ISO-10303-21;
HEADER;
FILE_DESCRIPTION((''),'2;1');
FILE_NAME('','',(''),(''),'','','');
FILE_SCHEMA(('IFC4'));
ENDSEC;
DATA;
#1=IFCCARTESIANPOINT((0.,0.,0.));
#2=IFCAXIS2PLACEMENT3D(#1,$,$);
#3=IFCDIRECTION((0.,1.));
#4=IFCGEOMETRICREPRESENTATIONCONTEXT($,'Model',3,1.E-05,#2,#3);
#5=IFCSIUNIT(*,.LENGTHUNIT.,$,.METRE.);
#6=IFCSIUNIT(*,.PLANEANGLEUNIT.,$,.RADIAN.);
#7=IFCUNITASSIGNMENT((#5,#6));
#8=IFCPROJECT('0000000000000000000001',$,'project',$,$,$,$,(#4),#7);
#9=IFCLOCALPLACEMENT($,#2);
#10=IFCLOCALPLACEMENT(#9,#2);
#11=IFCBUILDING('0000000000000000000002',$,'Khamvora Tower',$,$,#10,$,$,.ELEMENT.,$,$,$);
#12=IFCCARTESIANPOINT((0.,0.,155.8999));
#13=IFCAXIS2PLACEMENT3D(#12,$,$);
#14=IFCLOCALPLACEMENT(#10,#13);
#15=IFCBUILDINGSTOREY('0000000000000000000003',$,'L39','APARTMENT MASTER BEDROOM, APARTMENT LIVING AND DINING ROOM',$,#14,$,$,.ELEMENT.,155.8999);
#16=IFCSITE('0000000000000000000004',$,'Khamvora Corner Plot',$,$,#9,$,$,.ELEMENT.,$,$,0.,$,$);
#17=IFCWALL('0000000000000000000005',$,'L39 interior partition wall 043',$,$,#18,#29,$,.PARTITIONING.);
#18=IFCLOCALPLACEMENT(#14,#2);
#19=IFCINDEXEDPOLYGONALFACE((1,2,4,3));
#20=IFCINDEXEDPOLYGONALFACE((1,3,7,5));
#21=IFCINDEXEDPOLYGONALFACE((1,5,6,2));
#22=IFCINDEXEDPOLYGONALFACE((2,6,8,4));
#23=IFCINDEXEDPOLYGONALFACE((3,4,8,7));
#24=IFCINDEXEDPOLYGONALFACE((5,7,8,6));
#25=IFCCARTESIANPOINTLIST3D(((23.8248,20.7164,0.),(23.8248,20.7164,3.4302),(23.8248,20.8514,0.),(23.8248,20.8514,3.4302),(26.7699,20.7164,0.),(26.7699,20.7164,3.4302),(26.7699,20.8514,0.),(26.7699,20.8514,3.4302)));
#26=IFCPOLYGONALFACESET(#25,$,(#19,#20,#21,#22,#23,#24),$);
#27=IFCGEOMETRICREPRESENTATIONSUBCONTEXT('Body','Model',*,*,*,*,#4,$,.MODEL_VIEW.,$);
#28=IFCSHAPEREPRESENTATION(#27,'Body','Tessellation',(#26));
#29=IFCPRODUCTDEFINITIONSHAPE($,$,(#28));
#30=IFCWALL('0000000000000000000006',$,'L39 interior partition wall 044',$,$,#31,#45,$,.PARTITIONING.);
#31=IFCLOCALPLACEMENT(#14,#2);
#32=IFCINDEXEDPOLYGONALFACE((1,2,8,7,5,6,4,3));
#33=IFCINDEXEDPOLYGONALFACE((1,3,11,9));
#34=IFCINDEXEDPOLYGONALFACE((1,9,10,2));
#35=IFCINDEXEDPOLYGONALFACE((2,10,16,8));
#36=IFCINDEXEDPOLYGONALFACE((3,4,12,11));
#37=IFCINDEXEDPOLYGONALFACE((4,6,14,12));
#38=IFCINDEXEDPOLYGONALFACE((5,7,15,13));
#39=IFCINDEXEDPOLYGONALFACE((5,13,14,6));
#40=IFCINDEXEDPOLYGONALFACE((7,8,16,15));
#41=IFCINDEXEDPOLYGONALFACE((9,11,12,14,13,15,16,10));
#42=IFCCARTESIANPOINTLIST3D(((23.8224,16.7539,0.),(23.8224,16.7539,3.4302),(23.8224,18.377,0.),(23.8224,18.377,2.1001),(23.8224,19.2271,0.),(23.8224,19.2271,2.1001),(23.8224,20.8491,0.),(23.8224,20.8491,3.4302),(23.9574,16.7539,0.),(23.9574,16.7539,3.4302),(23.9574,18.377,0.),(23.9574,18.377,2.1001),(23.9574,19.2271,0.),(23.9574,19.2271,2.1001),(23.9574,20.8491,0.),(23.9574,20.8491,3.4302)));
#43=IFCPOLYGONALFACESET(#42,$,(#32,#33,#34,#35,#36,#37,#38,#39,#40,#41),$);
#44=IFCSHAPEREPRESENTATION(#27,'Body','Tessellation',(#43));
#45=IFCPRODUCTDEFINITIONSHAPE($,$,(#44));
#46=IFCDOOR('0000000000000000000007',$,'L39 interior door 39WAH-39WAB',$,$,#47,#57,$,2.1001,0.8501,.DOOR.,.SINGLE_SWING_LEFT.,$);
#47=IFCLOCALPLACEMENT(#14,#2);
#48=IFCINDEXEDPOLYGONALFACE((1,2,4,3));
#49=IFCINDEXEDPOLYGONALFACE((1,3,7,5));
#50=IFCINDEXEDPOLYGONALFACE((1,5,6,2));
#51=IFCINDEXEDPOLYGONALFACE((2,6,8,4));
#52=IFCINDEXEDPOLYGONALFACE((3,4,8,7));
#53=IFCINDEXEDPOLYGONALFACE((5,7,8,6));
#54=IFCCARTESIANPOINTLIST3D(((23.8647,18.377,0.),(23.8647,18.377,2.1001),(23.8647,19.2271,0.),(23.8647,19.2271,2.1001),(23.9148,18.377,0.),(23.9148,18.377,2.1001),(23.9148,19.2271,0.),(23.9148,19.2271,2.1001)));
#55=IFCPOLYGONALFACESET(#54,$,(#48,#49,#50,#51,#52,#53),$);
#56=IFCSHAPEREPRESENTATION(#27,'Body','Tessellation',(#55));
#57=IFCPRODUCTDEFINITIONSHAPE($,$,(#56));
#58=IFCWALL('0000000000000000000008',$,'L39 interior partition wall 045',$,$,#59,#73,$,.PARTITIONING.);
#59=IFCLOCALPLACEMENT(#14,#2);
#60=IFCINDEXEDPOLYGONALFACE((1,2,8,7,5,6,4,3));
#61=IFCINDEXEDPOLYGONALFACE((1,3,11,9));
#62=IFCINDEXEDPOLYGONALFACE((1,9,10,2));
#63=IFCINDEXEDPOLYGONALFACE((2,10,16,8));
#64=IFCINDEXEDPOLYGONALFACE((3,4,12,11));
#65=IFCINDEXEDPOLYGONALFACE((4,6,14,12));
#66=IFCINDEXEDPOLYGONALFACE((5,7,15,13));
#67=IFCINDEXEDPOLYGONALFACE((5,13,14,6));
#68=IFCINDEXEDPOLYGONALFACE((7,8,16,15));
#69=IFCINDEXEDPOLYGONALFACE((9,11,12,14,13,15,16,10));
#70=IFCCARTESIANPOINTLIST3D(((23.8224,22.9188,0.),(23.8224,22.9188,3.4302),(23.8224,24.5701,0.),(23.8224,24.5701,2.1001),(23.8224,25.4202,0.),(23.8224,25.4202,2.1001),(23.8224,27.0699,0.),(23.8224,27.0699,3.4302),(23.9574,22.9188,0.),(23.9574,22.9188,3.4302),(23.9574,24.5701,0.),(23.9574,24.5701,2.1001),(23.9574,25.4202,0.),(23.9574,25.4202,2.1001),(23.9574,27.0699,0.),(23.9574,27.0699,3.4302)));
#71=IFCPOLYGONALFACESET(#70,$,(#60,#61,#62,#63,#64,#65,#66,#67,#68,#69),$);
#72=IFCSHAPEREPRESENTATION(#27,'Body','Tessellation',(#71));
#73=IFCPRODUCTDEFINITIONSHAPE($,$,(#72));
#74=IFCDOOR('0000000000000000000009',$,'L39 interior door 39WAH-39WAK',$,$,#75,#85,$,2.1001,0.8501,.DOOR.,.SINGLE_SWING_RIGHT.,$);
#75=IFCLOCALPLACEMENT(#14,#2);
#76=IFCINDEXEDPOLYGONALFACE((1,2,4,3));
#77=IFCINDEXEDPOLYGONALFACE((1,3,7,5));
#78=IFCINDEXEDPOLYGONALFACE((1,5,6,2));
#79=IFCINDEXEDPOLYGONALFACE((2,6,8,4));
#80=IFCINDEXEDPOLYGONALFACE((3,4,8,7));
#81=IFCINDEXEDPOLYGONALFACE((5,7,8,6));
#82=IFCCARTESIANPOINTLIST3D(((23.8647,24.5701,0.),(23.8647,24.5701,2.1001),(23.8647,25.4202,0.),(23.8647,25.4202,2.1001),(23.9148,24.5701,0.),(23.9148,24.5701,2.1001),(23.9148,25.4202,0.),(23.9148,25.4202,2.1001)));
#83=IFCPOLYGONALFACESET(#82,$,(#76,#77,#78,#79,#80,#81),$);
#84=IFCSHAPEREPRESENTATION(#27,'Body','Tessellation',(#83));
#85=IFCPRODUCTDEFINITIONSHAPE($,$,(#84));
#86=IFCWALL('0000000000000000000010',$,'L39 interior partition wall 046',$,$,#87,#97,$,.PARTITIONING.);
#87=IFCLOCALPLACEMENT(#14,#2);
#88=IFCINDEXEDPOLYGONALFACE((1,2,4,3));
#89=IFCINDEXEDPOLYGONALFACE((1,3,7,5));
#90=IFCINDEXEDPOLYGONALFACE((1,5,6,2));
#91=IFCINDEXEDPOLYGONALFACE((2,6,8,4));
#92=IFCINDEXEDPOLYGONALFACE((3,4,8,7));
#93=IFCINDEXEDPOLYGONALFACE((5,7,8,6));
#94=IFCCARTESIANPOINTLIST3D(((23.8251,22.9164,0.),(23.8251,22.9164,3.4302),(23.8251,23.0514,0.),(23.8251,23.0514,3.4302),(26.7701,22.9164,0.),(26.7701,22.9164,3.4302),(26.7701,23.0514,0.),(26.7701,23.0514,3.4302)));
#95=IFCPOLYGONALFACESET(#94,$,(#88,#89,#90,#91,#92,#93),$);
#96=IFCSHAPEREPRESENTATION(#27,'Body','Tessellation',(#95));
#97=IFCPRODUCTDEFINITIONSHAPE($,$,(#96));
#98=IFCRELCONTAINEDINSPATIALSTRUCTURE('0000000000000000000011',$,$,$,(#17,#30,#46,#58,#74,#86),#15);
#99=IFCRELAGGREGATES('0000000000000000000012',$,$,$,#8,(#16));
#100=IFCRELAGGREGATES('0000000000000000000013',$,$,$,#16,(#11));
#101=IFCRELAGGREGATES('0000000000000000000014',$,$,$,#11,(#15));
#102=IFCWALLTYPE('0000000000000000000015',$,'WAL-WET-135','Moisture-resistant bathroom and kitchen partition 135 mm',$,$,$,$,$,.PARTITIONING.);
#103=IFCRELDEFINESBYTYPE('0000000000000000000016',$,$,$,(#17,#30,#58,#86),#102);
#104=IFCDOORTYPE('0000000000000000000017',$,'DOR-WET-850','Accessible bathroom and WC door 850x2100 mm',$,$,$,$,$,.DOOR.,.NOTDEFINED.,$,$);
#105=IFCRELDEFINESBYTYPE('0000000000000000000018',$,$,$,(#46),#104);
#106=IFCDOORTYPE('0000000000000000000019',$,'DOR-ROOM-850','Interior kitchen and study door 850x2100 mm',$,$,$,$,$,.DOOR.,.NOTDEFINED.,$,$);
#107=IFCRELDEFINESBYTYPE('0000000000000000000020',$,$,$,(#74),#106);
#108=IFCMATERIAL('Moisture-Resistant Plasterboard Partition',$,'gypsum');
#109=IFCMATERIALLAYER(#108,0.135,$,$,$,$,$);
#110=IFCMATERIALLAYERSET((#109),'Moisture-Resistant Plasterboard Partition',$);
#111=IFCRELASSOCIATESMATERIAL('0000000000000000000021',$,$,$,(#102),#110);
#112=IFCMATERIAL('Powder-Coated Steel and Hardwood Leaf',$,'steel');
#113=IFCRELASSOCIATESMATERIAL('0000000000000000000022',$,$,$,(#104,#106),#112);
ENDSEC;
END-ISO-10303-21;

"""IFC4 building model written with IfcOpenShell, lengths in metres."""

from ifc_helpers import new_model, si_unit, direction, frame, frame_2d, origin, place, context, subcontext, project, spatial, rectangle, extrude, material, layer, layer_set, type_object, element, fill, save


model = new_model("IFC4")

# Units and contexts
model_context = context("Model", 3, precision=1e-05, world=origin(), true_north=direction((0.0, 1.0)))
body_context = subcontext(model_context, "Body", "Model", "MODEL_VIEW")
ifc_project = project(units=[si_unit("LENGTHUNIT", "METRE"), si_unit("PLANEANGLEUNIT", "RADIAN")], contexts=[model_context])

# Site, building, storey
site_placement = place(None, origin())
site = spatial("IfcSite", under=ifc_project, at=site_placement, Name="Khamvora Corner Plot", CompositionType="ELEMENT", RefElevation=0.0)
building_placement = place(site_placement, origin())
building = spatial("IfcBuilding", under=site, at=building_placement, Name="Khamvora Tower", CompositionType="ELEMENT")
storey_placement = place(building_placement, frame((0.0, 0.0, 155.8999)))
storey = spatial("IfcBuildingStorey", under=building, at=storey_placement, Name="L39", Description="APARTMENT MASTER BEDROOM, APARTMENT LIVING AND DINING ROOM", CompositionType="ELEMENT", Elevation=155.8999)

# Shared definitions
ifc_material_1 = material(Name="Powder-Coated Steel and Hardwood Leaf", Category="steel")

# Wall
ifc_material_2 = material(Name="Moisture-Resistant Plasterboard Partition", Category="gypsum")
ifc_layer_1 = layer(ifc_material_2, 0.135)
ifc_layer_set_1 = layer_set([ifc_layer_1], Name="Moisture-Resistant Plasterboard Partition")
wall_type_1 = type_object("IfcWallType", Name="WAL-WET-135", Description="Moisture-resistant bathroom and kitchen partition 135 mm", PredefinedType="PARTITIONING", material=ifc_layer_set_1)
wall_1_placement = place(storey_placement, frame((26.77, 20.7839, 0.0), z_axis=(0.0, 0.0, 1.0), x_axis=(-1.0, 0.0, 0.0)))
element("IfcWall", 1, at=wall_1_placement, inside=storey, type_object=wall_type_1, Name="L39 interior partition wall 043", PredefinedType="PARTITIONING", context=body_context, shape_type="SweptSolid", body=[
    extrude(rectangle(XDim=2.9451, YDim=0.135, at=frame_2d((1.4727, 0.0))), origin(), (0.0, 0.0, 1.0), 3.4302),
])

# Walls, openings, doors
wall_2_placement = place(storey_placement, frame((23.8899, 20.8491, 0.0), z_axis=(0.0, 0.0, 1.0), x_axis=(0.0, -1.0, 0.0)))
wall_2 = element("IfcWall", 2, at=wall_2_placement, inside=storey, type_object=wall_type_1, Name="L39 interior partition wall 044", PredefinedType="PARTITIONING", context=body_context, shape_type="SweptSolid", body=[
    extrude(rectangle(XDim=4.0952, YDim=0.135, at=frame_2d((2.0476, 0.0))), origin(), (0.0, 0.0, 1.0), 3.4302),
])
opening_1_placement = place(wall_2_placement, frame((1.6221, 0.0, 0.0)))
opening_1 = element("IfcOpeningElement", 3, at=opening_1_placement, cuts=wall_2, PredefinedType="OPENING", context=body_context, shape_type="SweptSolid", body=[
    extrude(rectangle(XDim=0.8501, YDim=2.1001, at=frame_2d((0.425, 1.05))), frame((0.0, 0.0774, 0.0), z_axis=(0.0, -1.0, 0.0), x_axis=(1.0, 0.0, 0.0)), (0.0, 0.0, 1.0), 0.155),
])
door_type_1 = type_object("IfcDoorType", Name="DOR-WET-850", Description="Accessible bathroom and WC door 850x2100 mm", OperationType="NOTDEFINED", PredefinedType="DOOR", material=ifc_material_1)
door_1_placement = place(opening_1_placement, origin())
door_1 = element("IfcDoor", 4, at=door_1_placement, inside=storey, type_object=door_type_1, Name="L39 interior door 39WAH-39WAB", OperationType="SINGLE_SWING_LEFT", OverallHeight=2.1001, OverallWidth=0.8501, PredefinedType="DOOR", context=body_context, shape_type="SweptSolid", body=[
    extrude(rectangle(XDim=0.8501, YDim=2.1001, at=frame_2d((0.425, 1.05))), frame((0.0, 0.0249, 0.0), z_axis=(0.0, -1.0, 0.0), x_axis=(1.0, 0.0, 0.0)), (0.0, 0.0, 1.0), 0.05),
])
fill(opening_1, door_1)
wall_3_placement = place(storey_placement, frame((23.8899, 27.0701, 0.0), z_axis=(0.0, 0.0, 1.0), x_axis=(0.0, -1.0, 0.0)))
wall_3 = element("IfcWall", 5, at=wall_3_placement, inside=storey, type_object=wall_type_1, Name="L39 interior partition wall 045", PredefinedType="PARTITIONING", context=body_context, shape_type="SweptSolid", body=[
    extrude(rectangle(XDim=4.1511, YDim=0.135, at=frame_2d((2.0757, 0.0))), origin(), (0.0, 0.0, 1.0), 3.4302),
])
opening_2_placement = place(wall_3_placement, frame((1.6499, 0.0, 0.0)))
opening_2 = element("IfcOpeningElement", 6, at=opening_2_placement, cuts=wall_3, PredefinedType="OPENING", context=body_context, shape_type="SweptSolid", body=[
    extrude(rectangle(XDim=0.8501, YDim=2.1001, at=frame_2d((0.425, 1.05))), frame((0.0, 0.0774, 0.0), z_axis=(0.0, -1.0, 0.0), x_axis=(1.0, 0.0, 0.0)), (0.0, 0.0, 1.0), 0.155),
])
door_type_2 = type_object("IfcDoorType", Name="DOR-ROOM-850", Description="Interior kitchen and study door 850x2100 mm", OperationType="NOTDEFINED", PredefinedType="DOOR", material=ifc_material_1)
door_2_placement = place(opening_2_placement, origin())
door_2 = element("IfcDoor", 7, at=door_2_placement, inside=storey, type_object=door_type_2, Name="L39 interior door 39WAH-39WAK", OperationType="SINGLE_SWING_RIGHT", OverallHeight=2.1001, OverallWidth=0.8501, PredefinedType="DOOR", context=body_context, shape_type="SweptSolid", body=[
    extrude(rectangle(XDim=0.8501, YDim=2.1001, at=frame_2d((0.425, 1.05))), frame((0.0, 0.0249, 0.0), z_axis=(0.0, -1.0, 0.0), x_axis=(1.0, 0.0, 0.0)), (0.0, 0.0, 1.0), 0.05),
])
fill(opening_2, door_2)

# Wall
wall_4_placement = place(storey_placement, frame((23.825, 22.9839, 0.0), z_axis=(0.0, 0.0, 1.0), x_axis=(1.0, 0.0, 0.0)))
element("IfcWall", 8, at=wall_4_placement, inside=storey, type_object=wall_type_1, Name="L39 interior partition wall 046", PredefinedType="PARTITIONING", context=body_context, shape_type="SweptSolid", body=[
    extrude(rectangle(XDim=2.9451, YDim=0.135, at=frame_2d((1.4727, 0.0))), origin(), (0.0, 0.0, 1.0), 3.4302),
])

save(model, "model.ifc")
